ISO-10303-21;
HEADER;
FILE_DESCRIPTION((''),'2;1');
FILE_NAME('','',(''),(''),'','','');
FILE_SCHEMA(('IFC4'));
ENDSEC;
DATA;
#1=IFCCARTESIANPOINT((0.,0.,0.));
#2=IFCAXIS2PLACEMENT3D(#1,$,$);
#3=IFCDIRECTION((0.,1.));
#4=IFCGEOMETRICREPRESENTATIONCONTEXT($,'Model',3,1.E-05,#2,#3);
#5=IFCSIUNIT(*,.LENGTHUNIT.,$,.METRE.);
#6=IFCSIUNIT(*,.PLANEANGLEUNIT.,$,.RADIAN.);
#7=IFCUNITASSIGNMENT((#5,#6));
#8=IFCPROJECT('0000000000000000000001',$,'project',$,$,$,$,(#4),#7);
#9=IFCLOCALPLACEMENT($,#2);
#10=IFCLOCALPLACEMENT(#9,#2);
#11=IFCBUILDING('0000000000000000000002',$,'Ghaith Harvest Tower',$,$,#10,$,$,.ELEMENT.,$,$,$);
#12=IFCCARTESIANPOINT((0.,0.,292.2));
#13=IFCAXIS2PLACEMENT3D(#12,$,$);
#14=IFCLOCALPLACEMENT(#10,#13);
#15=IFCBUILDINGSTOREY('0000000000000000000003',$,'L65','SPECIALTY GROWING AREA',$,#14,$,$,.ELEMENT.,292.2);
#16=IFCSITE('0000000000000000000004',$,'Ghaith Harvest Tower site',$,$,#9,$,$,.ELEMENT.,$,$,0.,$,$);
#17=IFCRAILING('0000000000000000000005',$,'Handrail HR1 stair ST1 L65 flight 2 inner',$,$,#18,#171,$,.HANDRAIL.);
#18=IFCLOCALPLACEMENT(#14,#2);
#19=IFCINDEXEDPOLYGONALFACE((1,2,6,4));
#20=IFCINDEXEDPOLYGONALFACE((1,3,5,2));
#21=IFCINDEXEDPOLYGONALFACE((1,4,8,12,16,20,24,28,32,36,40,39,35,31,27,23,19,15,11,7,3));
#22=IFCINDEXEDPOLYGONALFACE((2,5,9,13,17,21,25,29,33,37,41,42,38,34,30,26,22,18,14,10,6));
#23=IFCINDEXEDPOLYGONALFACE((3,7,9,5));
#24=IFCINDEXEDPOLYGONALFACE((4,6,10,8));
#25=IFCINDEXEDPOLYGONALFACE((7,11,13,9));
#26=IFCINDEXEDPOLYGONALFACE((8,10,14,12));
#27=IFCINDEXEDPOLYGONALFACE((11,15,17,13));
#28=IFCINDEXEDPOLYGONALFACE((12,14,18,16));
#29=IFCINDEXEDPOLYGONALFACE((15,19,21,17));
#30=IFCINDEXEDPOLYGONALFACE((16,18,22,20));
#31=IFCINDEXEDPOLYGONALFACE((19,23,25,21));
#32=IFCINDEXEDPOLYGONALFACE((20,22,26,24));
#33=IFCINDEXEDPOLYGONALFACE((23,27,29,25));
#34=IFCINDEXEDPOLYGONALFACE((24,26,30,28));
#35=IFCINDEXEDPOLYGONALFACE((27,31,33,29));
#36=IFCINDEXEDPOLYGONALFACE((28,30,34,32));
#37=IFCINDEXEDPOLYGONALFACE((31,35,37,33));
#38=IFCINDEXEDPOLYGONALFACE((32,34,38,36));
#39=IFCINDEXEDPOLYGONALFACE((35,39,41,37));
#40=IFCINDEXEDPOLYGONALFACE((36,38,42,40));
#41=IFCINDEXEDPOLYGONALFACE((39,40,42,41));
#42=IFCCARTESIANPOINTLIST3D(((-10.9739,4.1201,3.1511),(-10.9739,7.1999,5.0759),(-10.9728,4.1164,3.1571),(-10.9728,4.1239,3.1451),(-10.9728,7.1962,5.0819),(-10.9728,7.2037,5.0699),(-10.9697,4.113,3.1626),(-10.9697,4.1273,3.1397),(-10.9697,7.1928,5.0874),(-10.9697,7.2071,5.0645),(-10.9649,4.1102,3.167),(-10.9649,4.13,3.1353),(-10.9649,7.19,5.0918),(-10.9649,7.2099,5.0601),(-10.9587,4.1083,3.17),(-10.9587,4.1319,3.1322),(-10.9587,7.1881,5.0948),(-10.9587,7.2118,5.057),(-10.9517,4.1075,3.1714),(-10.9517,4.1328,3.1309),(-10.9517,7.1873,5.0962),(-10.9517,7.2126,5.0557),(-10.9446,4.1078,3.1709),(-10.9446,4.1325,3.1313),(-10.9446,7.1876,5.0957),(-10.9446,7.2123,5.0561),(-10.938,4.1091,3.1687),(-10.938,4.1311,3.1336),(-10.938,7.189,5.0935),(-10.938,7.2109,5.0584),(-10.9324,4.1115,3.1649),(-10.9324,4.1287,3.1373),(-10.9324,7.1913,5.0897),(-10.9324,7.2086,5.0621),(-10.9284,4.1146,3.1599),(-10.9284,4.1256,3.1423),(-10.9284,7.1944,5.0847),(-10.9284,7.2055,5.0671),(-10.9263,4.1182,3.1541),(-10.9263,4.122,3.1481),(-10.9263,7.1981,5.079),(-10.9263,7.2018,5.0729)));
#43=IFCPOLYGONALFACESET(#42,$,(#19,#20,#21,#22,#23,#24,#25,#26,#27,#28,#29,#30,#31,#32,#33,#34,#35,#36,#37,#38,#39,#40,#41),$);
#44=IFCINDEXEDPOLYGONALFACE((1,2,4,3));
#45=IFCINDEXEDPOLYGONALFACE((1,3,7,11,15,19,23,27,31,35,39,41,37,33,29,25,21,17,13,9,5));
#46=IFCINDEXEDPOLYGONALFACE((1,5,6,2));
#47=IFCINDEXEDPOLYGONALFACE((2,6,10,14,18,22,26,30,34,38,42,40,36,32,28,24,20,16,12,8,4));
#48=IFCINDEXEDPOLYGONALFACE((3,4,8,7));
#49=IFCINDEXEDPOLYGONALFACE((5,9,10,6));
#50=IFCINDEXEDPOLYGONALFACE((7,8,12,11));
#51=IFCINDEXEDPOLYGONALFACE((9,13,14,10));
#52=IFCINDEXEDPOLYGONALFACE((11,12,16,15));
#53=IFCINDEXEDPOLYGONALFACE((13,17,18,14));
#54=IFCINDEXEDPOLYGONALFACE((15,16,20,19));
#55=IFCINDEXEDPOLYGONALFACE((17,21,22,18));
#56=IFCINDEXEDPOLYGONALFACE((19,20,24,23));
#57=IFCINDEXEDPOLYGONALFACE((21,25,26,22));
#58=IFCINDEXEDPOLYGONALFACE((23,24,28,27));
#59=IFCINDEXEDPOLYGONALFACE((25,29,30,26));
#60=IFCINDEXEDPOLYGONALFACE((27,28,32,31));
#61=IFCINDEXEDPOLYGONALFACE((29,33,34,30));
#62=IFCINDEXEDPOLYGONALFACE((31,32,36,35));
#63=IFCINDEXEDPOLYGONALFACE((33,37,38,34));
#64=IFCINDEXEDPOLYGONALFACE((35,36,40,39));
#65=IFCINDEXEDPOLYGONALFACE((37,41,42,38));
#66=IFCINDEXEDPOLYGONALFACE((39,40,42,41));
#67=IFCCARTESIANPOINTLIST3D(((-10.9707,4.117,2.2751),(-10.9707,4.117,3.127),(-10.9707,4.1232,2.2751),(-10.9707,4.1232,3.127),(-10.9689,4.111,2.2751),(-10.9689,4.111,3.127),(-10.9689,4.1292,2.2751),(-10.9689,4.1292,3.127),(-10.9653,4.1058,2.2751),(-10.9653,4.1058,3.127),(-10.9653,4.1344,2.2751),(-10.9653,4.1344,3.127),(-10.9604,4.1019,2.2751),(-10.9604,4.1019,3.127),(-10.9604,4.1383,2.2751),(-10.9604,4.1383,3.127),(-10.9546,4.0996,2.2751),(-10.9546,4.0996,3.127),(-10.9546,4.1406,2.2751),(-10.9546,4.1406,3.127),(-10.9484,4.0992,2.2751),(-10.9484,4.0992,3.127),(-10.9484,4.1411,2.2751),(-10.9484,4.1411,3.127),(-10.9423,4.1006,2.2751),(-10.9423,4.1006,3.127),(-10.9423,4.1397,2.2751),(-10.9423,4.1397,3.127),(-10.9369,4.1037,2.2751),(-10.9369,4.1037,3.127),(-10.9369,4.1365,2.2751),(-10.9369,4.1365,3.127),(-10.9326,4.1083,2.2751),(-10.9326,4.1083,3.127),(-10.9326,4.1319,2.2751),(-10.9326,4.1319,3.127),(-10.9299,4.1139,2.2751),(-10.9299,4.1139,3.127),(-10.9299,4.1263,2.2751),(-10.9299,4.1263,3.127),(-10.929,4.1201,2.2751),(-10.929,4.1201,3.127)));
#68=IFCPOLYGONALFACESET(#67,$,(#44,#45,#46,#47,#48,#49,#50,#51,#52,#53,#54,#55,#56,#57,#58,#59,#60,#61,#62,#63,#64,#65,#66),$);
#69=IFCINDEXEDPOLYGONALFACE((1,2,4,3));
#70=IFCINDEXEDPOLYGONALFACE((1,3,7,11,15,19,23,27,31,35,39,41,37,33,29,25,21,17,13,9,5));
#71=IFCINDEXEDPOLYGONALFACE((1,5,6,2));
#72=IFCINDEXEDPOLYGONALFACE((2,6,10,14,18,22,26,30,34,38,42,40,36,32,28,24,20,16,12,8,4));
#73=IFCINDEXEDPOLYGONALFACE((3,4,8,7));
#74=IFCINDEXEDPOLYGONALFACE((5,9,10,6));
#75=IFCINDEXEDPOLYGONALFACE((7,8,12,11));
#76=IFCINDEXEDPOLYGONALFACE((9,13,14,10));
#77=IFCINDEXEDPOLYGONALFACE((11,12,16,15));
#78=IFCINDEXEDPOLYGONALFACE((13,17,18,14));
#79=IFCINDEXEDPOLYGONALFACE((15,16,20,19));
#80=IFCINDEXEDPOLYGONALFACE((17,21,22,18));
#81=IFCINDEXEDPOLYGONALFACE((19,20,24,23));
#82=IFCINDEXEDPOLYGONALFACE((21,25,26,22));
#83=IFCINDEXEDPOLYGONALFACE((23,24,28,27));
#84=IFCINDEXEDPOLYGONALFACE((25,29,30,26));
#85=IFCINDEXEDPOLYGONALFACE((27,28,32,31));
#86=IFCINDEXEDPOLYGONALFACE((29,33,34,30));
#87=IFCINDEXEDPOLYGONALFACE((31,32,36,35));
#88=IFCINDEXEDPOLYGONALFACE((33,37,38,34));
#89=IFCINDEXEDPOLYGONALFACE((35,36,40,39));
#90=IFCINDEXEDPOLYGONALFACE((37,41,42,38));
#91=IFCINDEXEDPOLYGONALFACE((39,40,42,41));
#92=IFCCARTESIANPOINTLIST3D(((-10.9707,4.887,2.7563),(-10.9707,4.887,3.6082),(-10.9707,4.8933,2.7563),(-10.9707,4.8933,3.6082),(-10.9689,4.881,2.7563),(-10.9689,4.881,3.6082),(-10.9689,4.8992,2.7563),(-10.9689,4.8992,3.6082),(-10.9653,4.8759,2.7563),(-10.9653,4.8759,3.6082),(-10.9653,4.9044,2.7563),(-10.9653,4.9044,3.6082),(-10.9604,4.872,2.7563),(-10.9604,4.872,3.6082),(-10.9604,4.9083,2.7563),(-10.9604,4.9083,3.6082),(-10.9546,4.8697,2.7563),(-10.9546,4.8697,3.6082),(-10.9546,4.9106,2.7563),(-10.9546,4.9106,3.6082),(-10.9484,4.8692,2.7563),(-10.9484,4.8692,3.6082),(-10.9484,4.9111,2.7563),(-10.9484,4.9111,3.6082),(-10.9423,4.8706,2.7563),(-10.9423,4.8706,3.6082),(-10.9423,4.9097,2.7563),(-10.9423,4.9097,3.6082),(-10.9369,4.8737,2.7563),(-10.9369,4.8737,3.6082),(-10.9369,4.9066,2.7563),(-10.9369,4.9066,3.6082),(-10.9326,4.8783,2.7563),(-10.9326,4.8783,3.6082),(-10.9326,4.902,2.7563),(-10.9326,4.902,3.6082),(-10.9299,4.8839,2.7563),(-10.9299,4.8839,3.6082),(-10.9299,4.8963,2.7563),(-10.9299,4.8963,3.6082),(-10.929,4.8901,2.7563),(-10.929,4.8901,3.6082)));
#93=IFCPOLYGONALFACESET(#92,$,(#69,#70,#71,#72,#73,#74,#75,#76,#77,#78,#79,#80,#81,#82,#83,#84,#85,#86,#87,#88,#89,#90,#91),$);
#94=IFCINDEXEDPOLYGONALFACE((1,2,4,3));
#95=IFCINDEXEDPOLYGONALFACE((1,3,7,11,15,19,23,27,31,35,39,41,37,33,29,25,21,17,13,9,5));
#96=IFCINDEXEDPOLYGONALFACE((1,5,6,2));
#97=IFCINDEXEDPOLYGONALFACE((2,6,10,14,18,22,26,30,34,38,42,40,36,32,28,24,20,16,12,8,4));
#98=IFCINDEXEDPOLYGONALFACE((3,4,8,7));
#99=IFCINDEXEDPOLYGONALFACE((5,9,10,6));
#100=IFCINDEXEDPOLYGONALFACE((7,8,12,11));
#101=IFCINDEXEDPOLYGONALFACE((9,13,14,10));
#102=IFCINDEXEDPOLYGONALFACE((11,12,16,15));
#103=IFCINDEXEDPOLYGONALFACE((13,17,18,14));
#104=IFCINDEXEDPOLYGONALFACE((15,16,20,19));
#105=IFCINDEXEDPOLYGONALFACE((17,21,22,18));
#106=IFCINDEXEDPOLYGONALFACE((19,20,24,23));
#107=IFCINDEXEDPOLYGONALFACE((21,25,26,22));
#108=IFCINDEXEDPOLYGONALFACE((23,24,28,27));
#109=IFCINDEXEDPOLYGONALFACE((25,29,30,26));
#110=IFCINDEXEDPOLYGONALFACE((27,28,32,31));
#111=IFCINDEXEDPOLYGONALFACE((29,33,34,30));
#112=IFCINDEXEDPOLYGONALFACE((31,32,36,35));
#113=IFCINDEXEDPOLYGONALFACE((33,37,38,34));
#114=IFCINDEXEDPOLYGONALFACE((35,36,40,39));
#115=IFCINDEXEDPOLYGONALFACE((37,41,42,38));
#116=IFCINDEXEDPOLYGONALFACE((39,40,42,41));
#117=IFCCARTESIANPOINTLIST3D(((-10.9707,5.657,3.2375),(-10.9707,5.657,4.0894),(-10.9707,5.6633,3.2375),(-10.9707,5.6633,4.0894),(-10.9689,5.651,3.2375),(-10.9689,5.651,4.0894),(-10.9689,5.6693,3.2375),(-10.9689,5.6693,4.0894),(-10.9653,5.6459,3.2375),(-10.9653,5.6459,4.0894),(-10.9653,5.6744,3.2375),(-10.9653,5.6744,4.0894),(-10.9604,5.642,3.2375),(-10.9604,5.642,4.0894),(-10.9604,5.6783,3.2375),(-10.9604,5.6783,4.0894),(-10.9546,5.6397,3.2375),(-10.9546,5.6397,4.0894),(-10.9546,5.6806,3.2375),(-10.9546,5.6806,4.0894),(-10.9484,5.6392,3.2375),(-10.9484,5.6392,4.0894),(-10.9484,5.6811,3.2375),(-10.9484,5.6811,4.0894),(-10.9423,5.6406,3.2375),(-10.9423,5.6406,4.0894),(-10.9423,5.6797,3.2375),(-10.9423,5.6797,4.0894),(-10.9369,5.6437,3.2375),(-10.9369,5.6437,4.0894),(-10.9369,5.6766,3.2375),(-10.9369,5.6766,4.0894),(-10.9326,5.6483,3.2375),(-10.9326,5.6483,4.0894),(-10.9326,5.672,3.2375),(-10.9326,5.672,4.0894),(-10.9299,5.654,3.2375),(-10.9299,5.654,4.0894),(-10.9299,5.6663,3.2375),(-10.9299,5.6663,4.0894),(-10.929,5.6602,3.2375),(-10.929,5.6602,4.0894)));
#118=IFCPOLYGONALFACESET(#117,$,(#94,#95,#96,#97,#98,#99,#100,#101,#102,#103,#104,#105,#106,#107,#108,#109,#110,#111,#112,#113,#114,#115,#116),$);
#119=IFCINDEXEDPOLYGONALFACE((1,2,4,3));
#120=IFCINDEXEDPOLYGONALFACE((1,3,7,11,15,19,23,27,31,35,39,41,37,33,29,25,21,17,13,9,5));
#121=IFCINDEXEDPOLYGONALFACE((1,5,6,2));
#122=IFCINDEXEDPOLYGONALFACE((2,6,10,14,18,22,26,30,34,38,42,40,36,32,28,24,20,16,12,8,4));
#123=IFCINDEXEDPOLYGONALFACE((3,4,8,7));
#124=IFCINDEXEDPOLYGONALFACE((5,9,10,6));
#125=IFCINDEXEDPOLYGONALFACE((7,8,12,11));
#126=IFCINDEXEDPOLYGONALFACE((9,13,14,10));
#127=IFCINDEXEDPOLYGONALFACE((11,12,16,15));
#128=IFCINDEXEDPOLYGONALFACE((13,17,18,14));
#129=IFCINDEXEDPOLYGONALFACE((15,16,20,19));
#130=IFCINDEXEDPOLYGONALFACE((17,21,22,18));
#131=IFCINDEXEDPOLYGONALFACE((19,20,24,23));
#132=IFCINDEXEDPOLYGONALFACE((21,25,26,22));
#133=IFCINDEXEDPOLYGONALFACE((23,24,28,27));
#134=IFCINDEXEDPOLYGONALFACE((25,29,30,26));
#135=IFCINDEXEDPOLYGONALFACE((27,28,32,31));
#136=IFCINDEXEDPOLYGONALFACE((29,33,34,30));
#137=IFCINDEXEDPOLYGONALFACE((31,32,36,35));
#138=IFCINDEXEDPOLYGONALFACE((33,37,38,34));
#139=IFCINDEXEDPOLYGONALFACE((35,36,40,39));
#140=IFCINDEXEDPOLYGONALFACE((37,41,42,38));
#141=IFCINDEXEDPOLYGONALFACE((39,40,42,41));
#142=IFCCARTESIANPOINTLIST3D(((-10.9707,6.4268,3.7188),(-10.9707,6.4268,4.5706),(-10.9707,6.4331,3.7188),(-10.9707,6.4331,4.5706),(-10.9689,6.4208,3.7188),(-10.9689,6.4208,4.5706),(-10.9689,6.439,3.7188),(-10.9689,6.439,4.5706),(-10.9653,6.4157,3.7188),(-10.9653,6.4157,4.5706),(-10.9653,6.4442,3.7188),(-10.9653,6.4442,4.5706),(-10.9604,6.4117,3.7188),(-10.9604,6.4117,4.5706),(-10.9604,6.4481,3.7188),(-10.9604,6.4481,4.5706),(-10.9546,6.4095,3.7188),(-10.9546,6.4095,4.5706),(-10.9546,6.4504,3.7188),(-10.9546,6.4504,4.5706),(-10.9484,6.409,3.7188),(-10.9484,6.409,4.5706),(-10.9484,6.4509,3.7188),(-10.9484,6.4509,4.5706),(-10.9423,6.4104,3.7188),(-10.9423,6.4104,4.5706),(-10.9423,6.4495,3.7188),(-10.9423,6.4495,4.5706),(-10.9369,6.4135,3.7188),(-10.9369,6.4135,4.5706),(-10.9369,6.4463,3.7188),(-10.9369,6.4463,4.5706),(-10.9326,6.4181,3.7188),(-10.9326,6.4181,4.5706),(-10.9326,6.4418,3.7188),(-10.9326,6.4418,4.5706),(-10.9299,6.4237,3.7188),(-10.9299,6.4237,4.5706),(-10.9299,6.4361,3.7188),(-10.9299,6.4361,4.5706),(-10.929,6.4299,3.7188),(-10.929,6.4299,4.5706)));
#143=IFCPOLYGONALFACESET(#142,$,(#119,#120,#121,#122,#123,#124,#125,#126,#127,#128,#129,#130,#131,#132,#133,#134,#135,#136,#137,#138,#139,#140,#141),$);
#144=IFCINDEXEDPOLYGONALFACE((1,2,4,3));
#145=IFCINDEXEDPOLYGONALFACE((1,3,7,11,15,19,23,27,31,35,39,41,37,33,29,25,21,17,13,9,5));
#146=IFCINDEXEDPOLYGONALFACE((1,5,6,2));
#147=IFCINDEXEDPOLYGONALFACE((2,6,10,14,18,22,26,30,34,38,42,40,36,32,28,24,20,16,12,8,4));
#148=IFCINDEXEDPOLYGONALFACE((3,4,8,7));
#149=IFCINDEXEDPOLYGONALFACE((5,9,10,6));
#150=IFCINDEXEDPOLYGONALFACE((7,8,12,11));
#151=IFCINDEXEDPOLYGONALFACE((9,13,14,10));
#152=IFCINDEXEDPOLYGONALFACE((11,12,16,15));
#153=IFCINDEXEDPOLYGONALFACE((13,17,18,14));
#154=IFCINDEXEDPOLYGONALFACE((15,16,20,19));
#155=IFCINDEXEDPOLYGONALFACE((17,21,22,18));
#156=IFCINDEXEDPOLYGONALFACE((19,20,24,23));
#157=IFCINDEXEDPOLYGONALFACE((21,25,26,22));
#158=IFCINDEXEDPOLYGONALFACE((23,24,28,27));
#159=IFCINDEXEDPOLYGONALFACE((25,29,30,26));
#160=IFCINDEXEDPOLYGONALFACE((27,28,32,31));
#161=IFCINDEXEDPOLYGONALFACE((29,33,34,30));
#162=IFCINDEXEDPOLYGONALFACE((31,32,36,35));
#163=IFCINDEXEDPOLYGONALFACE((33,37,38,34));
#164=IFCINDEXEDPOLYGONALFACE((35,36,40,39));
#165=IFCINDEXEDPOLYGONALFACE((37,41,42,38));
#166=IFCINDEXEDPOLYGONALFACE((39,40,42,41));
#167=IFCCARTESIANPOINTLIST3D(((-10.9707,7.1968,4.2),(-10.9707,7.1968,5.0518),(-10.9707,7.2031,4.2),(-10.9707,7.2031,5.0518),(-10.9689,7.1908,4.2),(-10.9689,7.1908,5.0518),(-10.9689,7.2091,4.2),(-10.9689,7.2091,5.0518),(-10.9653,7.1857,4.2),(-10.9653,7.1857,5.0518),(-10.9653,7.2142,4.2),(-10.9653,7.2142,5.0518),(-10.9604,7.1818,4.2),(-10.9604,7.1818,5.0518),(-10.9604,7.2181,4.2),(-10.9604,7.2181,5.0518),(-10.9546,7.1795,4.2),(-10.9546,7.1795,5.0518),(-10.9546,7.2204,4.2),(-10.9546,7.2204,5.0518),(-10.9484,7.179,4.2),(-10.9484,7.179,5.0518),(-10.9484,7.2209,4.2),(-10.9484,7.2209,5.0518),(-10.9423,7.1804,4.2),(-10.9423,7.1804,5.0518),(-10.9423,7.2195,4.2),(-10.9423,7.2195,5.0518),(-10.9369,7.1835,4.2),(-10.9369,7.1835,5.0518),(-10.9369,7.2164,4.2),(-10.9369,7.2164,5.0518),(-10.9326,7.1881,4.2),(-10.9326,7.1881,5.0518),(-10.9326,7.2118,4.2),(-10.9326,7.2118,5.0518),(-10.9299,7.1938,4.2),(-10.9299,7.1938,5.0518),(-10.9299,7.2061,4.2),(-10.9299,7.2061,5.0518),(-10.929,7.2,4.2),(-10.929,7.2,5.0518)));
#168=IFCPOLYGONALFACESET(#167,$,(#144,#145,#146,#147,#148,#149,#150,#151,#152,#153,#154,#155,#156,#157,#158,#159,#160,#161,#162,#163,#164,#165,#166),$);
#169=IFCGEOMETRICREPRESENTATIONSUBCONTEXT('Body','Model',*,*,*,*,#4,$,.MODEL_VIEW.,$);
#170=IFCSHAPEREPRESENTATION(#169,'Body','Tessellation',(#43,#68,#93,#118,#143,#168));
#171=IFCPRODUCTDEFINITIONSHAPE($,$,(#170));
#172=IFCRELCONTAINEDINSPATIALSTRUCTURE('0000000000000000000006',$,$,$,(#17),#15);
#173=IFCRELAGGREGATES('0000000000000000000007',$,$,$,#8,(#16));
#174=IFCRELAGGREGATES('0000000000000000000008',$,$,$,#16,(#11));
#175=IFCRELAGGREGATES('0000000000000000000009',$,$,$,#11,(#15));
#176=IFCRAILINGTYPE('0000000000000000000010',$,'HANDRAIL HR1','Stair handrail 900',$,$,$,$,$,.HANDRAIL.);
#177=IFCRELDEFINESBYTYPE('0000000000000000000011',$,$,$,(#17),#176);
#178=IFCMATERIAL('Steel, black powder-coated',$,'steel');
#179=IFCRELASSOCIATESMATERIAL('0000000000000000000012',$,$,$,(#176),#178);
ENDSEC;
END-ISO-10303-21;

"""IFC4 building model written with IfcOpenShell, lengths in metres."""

from ifc_helpers import new_model, si_unit, direction, frame, origin, origin_2d, place, context, subcontext, project, spatial, circle, extrude, material, type_object, element, save


model = new_model("IFC4")

# Units and contexts
model_context = context("Model", 3, precision=1e-05, world=origin(), true_north=direction((0.0, 1.0)))
body_context = subcontext(model_context, "Body", "Model", "MODEL_VIEW")
ifc_project = project(units=[si_unit("LENGTHUNIT", "METRE"), si_unit("PLANEANGLEUNIT", "RADIAN")], contexts=[model_context])

# Site, building, storey
site_placement = place(None, origin())
site = spatial("IfcSite", under=ifc_project, at=site_placement, Name="Ghaith Harvest Tower site", CompositionType="ELEMENT", RefElevation=0.0)
building_placement = place(site_placement, origin())
building = spatial("IfcBuilding", under=site, at=building_placement, Name="Ghaith Harvest Tower", CompositionType="ELEMENT")
storey_placement = place(building_placement, frame((0.0, 0.0, 292.2)))
storey = spatial("IfcBuildingStorey", under=building, at=storey_placement, Name="L65", Description="SPECIALTY GROWING AREA", CompositionType="ELEMENT", Elevation=292.2)

# Railing
ifc_material_1 = material(Name="Steel, black powder-coated", Category="steel")
railing_type = type_object("IfcRailingType", Name="HANDRAIL HR1", Description="Stair handrail 900", PredefinedType="HANDRAIL", material=ifc_material_1)
railing_1_placement = place(storey_placement, frame((-10.95, 4.1201, 2.2751)))
element("IfcRailing", 1, at=railing_1_placement, inside=storey, type_object=railing_type, Name="Handrail HR1 stair ST1 L65 flight 2 inner", PredefinedType="HANDRAIL", context=body_context, shape_type="SweptSolid", body=[
    extrude(circle(Radius=0.0239, at=origin_2d()), frame((0.0, 0.0, 0.876), z_axis=(0.0, 0.84801, 0.529981), x_axis=(-1.0, 0.0, 0.0)), (0.0, 0.0, 1.0), 3.6318),
    extrude(circle(Radius=0.021, at=origin_2d()), origin(), (0.0, 0.0, 1.0), 0.8518),
    extrude(circle(Radius=0.021, at=origin_2d()), frame((0.0, 0.77, 0.4812)), (0.0, 0.0, 1.0), 0.8518),
    extrude(circle(Radius=0.021, at=origin_2d()), frame((0.0, 1.54, 0.9624)), (0.0, 0.0, 1.0), 0.8518),
    extrude(circle(Radius=0.021, at=origin_2d()), frame((0.0, 2.3098, 1.4436)), (0.0, 0.0, 1.0), 0.8518),
    extrude(circle(Radius=0.021, at=origin_2d()), frame((0.0, 3.0798, 1.9248)), (0.0, 0.0, 1.0), 0.8518),
])

save(model, "model.ifc")
